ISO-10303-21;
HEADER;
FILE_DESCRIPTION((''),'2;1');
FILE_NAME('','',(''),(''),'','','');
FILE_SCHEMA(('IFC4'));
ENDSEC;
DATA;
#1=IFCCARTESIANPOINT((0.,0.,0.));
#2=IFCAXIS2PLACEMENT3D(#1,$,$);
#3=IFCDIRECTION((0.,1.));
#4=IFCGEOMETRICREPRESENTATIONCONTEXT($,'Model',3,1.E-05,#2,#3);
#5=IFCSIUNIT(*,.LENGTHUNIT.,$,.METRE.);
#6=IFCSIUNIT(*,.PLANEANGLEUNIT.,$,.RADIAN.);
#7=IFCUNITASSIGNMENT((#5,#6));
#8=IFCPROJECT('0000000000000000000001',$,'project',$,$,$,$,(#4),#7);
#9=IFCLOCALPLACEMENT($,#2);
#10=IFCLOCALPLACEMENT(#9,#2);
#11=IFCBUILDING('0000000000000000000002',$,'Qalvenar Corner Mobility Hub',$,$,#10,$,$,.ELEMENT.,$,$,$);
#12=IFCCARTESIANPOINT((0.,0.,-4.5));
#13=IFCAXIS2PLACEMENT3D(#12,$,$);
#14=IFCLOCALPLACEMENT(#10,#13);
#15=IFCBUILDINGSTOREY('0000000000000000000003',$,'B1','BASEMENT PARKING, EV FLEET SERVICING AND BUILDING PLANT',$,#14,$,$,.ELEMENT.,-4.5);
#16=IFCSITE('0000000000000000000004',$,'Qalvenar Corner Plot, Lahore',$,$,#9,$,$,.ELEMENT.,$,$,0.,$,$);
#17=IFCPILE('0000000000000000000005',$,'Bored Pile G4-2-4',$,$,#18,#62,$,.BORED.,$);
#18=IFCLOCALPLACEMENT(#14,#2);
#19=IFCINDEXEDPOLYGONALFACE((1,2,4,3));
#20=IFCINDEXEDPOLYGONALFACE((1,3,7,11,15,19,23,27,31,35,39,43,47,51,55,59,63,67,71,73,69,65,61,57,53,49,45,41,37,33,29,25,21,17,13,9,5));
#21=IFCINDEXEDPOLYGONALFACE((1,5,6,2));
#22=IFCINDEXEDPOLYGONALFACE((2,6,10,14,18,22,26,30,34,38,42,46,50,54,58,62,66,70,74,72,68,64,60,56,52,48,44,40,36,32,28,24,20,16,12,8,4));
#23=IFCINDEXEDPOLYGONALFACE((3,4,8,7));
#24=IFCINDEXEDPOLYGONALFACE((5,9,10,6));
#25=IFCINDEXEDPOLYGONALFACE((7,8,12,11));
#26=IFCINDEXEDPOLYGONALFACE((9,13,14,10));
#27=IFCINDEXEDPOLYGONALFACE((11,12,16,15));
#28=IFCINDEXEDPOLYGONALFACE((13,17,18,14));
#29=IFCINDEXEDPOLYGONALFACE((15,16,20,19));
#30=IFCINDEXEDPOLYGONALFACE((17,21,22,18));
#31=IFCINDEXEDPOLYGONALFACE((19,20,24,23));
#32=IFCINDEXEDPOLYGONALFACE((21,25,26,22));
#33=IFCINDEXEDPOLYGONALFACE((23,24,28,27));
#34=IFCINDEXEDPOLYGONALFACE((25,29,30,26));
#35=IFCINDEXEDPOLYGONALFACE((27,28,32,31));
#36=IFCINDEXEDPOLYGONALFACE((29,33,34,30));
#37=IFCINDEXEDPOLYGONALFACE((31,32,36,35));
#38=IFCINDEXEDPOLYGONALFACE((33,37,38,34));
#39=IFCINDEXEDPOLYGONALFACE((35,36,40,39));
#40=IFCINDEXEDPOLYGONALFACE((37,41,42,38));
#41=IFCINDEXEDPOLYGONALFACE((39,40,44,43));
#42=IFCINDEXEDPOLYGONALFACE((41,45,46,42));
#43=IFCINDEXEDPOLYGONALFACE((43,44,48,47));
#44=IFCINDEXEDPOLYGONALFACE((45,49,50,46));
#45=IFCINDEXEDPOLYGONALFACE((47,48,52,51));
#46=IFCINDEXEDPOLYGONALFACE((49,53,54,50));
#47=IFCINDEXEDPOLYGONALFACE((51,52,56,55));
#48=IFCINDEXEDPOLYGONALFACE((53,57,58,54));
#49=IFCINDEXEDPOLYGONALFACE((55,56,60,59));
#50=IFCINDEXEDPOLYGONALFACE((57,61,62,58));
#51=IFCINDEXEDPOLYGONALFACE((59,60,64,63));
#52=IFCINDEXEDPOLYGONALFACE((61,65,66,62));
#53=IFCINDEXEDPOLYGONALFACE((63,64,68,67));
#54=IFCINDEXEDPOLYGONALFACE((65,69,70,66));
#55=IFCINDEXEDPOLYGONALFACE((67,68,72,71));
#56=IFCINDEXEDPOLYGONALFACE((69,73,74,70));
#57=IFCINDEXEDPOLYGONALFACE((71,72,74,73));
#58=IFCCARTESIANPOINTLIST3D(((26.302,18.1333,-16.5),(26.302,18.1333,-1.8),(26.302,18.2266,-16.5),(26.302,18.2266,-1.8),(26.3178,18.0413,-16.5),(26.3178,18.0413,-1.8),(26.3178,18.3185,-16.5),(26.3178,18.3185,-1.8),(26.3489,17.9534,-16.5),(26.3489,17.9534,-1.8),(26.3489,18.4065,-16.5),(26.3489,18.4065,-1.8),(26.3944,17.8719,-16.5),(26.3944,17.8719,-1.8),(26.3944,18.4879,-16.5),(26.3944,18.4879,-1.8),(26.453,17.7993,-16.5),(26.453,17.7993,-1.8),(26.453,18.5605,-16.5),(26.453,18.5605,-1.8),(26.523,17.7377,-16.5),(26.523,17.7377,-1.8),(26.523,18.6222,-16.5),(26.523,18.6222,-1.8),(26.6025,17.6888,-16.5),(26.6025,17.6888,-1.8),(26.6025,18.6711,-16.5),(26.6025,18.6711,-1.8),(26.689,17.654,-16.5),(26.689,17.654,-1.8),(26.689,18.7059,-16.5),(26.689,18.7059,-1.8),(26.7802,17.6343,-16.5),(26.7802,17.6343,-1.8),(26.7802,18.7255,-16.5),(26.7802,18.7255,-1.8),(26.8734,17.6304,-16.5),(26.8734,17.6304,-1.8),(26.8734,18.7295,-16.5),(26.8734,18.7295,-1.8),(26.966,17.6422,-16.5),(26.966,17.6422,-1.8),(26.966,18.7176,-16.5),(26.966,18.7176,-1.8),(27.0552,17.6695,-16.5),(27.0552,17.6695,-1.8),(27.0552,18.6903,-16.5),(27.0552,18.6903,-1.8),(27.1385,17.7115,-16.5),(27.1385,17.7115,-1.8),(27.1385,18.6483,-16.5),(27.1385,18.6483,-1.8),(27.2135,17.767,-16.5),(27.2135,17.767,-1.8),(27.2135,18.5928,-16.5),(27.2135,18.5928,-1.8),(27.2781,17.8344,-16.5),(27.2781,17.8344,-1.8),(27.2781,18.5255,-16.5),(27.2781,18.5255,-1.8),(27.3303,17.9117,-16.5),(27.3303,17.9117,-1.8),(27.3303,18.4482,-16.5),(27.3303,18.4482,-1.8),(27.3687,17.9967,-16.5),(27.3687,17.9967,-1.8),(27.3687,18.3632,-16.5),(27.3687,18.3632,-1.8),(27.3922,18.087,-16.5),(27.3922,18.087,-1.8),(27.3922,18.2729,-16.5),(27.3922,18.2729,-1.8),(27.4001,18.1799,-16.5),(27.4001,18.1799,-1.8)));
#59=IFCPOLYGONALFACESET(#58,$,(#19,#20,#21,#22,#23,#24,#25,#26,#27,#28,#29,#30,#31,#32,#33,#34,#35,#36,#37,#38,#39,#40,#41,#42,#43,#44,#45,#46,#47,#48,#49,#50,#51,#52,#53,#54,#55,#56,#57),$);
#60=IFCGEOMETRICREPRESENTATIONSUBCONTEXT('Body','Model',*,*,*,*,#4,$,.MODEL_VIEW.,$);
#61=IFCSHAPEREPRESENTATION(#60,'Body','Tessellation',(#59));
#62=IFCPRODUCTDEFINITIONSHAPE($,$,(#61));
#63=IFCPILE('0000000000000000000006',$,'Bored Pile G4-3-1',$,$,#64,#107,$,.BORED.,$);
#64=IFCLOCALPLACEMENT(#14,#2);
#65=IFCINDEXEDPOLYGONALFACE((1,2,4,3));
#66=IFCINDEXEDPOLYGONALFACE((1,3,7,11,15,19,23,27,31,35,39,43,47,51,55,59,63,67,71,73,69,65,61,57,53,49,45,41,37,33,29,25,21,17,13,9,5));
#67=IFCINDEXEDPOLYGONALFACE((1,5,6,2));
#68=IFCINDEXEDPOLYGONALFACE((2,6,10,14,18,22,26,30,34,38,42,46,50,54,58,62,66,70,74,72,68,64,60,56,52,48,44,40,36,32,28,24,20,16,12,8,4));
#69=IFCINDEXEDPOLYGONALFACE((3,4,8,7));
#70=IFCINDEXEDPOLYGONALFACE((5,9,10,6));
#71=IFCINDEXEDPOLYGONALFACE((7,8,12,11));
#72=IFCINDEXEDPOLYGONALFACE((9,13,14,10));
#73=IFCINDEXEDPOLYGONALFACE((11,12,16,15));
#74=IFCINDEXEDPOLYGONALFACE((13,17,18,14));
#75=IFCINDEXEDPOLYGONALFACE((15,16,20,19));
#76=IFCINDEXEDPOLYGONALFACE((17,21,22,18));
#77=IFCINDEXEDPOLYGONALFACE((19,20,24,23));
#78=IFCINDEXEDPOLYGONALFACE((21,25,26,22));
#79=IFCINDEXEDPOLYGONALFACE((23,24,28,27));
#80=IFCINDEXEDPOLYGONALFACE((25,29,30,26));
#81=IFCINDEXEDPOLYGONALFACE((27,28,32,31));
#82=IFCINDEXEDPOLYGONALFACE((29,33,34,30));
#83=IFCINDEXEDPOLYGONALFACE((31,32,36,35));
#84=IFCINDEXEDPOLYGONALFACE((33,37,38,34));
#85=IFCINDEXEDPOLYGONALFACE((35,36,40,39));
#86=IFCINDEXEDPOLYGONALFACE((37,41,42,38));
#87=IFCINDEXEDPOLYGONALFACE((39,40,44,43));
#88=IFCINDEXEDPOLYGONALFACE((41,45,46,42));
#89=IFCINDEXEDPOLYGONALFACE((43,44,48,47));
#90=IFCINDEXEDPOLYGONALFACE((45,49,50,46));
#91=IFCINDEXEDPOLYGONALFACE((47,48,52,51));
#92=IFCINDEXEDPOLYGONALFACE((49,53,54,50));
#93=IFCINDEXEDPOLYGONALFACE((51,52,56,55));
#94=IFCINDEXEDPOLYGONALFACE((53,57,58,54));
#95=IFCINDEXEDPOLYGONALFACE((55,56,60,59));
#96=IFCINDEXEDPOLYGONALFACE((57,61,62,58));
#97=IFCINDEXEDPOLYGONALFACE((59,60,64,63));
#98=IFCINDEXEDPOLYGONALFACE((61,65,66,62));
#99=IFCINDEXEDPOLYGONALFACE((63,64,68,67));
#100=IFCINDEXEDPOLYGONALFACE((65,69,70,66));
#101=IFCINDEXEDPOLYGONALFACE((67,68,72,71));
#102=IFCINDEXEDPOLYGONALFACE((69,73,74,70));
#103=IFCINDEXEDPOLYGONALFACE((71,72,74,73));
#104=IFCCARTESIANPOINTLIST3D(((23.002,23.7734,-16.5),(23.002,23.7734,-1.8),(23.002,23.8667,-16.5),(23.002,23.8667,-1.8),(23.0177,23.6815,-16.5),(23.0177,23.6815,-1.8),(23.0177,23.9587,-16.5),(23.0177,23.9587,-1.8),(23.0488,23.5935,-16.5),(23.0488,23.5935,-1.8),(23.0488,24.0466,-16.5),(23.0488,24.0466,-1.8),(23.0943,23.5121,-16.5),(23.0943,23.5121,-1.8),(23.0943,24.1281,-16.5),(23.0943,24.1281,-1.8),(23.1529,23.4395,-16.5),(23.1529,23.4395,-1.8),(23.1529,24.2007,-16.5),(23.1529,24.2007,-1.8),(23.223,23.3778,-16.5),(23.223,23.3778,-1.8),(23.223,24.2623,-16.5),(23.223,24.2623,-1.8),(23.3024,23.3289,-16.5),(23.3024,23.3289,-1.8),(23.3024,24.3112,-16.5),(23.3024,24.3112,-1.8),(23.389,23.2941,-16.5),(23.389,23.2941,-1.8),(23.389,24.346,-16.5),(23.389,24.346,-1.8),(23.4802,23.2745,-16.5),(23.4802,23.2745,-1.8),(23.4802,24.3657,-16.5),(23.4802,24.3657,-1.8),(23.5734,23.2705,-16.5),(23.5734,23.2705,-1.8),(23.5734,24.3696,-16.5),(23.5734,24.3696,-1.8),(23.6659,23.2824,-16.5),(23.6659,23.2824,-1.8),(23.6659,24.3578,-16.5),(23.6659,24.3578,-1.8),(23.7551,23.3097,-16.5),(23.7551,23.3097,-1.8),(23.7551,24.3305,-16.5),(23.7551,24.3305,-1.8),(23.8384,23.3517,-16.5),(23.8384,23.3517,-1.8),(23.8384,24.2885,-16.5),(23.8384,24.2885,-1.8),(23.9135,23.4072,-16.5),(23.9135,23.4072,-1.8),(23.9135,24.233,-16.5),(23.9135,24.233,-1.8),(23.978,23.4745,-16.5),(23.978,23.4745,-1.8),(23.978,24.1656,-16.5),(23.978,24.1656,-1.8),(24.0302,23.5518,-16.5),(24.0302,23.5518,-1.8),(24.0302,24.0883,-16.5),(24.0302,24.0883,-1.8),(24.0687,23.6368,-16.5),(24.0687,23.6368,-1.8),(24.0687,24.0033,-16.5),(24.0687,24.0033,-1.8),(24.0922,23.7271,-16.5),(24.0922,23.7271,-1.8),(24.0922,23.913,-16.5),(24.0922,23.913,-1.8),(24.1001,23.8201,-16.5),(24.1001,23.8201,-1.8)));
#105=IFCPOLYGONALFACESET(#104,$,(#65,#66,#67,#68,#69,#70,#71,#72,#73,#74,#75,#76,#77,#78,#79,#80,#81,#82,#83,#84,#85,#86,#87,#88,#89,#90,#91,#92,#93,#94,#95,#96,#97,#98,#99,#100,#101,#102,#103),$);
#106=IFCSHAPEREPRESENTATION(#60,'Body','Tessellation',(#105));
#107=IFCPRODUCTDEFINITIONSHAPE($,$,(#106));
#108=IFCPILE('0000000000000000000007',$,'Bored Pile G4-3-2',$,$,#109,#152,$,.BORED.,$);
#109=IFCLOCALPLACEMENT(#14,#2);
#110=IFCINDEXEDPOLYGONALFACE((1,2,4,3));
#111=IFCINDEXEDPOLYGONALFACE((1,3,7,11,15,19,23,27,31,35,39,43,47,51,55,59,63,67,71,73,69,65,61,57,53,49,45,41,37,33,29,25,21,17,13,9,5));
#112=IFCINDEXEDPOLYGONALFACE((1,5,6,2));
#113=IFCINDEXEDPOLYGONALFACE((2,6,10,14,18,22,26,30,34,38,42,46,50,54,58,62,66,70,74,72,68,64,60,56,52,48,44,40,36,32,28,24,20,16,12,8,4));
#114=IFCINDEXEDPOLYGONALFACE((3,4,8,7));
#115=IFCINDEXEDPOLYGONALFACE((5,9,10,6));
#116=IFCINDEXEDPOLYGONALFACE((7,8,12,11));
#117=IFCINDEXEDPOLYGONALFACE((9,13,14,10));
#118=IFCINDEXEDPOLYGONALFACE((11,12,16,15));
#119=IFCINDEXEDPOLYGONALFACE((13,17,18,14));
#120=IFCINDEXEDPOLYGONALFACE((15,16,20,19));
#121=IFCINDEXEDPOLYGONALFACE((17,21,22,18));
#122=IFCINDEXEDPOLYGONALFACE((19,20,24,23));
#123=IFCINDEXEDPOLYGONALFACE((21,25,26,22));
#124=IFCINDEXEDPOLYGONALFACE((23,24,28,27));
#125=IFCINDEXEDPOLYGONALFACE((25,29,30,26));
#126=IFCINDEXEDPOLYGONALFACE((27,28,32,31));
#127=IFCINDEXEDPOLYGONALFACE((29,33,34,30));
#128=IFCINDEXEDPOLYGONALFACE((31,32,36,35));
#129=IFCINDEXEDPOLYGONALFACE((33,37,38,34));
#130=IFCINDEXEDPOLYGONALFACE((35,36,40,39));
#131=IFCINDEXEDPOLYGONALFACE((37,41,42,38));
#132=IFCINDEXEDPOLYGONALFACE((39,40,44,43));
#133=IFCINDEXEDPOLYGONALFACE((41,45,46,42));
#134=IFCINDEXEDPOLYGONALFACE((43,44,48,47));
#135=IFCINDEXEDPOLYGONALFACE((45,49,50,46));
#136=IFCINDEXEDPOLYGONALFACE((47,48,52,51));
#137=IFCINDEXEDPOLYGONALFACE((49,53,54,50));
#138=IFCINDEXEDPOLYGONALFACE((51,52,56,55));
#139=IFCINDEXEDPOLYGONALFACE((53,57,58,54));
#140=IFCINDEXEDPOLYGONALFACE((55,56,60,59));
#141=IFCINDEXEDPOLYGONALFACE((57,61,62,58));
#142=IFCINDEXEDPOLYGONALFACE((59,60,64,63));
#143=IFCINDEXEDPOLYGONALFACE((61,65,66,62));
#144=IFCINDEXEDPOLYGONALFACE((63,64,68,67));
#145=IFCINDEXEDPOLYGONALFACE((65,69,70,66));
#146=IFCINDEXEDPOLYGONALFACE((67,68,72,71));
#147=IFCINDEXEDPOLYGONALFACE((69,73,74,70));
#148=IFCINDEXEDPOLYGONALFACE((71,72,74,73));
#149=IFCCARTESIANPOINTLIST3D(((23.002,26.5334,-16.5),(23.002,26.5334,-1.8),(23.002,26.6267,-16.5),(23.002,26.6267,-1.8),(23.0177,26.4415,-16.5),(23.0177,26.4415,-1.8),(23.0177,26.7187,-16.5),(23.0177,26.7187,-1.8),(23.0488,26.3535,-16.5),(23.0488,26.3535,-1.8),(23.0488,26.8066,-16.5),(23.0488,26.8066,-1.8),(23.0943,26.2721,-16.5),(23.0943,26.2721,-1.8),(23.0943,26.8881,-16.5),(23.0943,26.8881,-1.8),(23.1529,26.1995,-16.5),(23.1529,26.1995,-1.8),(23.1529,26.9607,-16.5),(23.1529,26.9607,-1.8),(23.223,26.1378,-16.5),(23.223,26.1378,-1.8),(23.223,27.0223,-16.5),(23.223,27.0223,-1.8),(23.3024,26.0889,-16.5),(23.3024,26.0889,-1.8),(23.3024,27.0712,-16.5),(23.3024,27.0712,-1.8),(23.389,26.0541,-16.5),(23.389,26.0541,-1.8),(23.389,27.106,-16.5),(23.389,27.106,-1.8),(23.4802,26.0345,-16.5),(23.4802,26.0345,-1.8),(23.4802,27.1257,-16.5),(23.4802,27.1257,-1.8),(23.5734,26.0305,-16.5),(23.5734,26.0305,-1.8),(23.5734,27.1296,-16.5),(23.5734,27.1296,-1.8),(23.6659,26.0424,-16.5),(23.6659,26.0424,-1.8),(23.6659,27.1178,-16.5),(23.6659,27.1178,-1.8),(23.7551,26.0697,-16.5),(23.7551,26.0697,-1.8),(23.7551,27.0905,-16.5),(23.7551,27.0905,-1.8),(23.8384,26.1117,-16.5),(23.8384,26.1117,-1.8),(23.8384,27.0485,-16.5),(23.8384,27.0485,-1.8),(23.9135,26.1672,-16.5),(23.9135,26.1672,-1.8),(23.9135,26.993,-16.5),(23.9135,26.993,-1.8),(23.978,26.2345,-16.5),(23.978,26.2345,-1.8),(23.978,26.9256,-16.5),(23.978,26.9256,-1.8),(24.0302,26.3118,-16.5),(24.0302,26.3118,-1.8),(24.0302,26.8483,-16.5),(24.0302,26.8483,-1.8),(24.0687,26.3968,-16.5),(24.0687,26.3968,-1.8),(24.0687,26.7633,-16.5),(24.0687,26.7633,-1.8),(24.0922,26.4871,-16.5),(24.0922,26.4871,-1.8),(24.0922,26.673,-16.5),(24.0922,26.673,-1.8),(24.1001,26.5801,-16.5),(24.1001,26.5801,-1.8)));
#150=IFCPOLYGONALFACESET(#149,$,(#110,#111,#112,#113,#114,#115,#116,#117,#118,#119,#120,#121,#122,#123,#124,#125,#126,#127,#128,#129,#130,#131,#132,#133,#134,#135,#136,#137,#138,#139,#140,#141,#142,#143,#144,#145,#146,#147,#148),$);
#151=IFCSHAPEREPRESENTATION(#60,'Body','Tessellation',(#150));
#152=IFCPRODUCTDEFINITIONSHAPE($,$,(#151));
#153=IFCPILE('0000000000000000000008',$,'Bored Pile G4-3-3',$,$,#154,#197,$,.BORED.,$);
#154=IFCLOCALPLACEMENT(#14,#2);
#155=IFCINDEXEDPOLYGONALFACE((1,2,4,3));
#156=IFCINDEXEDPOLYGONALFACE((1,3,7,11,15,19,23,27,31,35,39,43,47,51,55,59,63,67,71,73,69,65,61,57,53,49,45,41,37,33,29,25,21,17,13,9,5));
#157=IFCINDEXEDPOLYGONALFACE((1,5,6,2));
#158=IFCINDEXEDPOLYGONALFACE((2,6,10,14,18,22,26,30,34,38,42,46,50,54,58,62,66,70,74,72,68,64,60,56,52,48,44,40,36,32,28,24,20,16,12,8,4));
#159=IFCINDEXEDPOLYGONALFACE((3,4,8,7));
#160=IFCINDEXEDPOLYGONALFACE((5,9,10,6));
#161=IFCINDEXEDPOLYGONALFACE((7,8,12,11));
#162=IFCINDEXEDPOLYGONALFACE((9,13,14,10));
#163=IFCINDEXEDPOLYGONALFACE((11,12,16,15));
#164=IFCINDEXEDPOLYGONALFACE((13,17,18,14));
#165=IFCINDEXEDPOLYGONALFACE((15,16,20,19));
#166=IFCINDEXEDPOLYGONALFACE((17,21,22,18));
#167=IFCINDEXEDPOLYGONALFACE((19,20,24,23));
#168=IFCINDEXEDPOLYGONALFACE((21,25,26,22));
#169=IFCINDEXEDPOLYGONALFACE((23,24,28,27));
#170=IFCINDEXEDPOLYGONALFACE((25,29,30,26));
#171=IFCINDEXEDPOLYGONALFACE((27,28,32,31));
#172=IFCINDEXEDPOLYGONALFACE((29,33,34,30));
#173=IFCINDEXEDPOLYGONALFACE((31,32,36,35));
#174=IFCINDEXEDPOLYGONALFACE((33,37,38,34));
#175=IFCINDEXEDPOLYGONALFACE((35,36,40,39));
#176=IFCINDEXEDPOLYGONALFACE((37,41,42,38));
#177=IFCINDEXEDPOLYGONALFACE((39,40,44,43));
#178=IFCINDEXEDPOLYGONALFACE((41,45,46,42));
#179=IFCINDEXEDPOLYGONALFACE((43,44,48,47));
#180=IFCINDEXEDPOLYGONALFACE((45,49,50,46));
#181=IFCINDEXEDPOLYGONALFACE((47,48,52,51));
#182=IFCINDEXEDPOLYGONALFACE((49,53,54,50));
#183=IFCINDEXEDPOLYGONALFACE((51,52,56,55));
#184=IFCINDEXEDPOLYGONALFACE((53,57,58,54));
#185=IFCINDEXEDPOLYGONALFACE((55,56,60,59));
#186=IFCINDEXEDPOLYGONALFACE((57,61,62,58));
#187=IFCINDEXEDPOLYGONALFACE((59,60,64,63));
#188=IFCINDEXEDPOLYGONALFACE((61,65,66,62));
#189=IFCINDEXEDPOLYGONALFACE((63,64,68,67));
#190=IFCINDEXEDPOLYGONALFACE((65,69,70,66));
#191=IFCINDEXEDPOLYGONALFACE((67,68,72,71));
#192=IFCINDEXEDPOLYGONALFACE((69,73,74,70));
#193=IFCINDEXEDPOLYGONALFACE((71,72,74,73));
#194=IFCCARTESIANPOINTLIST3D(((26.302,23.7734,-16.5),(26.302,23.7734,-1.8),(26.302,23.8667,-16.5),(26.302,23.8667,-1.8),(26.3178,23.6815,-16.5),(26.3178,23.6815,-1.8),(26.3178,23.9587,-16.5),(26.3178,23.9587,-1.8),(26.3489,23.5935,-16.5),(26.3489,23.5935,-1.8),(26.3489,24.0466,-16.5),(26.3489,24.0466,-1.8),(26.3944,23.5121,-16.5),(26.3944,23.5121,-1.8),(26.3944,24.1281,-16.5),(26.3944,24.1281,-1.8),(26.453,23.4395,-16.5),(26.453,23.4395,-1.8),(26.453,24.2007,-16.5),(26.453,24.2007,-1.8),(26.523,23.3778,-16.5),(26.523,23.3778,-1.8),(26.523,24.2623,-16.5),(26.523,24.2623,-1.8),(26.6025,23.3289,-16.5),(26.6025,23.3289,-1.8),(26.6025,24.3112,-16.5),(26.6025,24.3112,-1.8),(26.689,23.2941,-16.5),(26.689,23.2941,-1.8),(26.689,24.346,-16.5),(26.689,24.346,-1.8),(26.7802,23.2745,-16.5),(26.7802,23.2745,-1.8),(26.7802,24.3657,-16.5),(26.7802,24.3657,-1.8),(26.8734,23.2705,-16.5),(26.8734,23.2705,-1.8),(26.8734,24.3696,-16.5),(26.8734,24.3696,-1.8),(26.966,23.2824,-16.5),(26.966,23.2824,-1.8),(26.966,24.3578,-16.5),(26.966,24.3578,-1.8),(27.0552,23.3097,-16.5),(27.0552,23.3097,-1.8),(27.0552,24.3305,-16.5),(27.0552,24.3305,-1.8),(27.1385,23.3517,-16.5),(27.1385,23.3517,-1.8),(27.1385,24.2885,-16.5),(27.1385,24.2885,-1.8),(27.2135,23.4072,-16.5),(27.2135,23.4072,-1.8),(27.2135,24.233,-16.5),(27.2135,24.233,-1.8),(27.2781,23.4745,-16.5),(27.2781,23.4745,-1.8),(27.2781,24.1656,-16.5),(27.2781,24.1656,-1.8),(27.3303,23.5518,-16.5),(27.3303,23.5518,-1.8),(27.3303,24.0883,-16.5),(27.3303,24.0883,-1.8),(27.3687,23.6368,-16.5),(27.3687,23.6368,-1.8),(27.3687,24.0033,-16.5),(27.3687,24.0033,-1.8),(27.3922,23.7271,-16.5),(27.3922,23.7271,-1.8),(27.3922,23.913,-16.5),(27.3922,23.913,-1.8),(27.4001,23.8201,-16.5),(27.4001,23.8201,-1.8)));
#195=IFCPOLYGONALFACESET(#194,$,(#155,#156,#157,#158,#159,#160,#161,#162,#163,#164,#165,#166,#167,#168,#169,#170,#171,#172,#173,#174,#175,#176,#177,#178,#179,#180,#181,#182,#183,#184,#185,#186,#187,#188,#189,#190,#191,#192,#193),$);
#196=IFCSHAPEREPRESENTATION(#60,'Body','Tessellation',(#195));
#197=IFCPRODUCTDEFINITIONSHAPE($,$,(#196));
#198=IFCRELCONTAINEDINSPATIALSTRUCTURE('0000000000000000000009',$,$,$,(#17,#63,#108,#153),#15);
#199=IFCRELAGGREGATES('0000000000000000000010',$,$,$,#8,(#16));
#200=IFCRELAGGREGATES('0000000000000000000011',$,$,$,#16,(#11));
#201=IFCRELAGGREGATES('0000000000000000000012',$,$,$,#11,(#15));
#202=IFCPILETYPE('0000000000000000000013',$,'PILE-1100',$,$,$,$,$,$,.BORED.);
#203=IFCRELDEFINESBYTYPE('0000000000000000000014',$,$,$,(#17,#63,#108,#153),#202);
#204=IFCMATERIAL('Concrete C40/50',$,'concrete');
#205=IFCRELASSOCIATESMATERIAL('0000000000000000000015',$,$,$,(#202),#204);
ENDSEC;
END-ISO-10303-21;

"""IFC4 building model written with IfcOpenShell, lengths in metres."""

from ifc_helpers import new_model, si_unit, direction, frame, origin, origin_2d, place, context, subcontext, project, spatial, circle, extrude, material, material_profile, profile_set, type_object, element, save


model = new_model("IFC4")

# Units and contexts
model_context = context("Model", 3, precision=1e-05, world=origin(), true_north=direction((0.0, 1.0)))
body_context = subcontext(model_context, "Body", "Model", "MODEL_VIEW")
ifc_project = project(units=[si_unit("LENGTHUNIT", "METRE"), si_unit("PLANEANGLEUNIT", "RADIAN")], contexts=[model_context])

# Site, building, storey
site_placement = place(None, origin())
site = spatial("IfcSite", under=ifc_project, at=site_placement, Name="Qalvenar Corner Plot, Lahore", CompositionType="ELEMENT", RefElevation=0.0)
building_placement = place(site_placement, origin())
building = spatial("IfcBuilding", under=site, at=building_placement, Name="Qalvenar Corner Mobility Hub", CompositionType="ELEMENT")
storey_placement = place(building_placement, frame((0.0, 0.0, -4.5)))
storey = spatial("IfcBuildingStorey", under=building, at=storey_placement, Name="B1", Description="BASEMENT PARKING, EV FLEET SERVICING AND BUILDING PLANT", CompositionType="ELEMENT", Elevation=-4.5)

# Shared definitions
ifc_material_1 = material(Name="Concrete C40/50", Category="concrete")

# Piles
ifc_material_profile_1 = material_profile(ifc_material_1, circle(Radius=0.55, at=origin_2d()), Name="DIA1100")
ifc_profile_set_1 = profile_set([ifc_material_profile_1], Name="Concrete C40/50")
pile_type = type_object("IfcPileType", Name="PILE-1100", PredefinedType="BORED", material=ifc_profile_set_1)
for number, where, z_axis, x_axis, name in (
    (1, (26.8501, 18.1799, -1.8), (0.0, 0.0, -1.0), (1.0, 0.0, 0.0), "Bored Pile G4-2-4"),
    (2, (23.55, 23.8201, -1.8), (0.0, 0.0, -1.0), (1.0, 0.0, 0.0), "Bored Pile G4-3-1"),
    (3, (23.55, 26.5801, -1.8), (0.0, 0.0, -1.0), (1.0, 0.0, 0.0), "Bored Pile G4-3-2"),
    (4, (26.8501, 23.8201, -1.8), (0.0, 0.0, -1.0), (1.0, 0.0, 0.0), "Bored Pile G4-3-3"),
):
    element("IfcPile", number, at=place(storey_placement, frame(where, z_axis=z_axis, x_axis=x_axis)), inside=storey, type_object=pile_type, Name=name, PredefinedType="BORED", context=body_context, shape_type="SweptSolid", body=[
        extrude(circle(Radius=0.55, at=origin_2d()), origin(), (0.0, 0.0, 1.0), 14.7),
    ])

save(model, "model.ifc")
